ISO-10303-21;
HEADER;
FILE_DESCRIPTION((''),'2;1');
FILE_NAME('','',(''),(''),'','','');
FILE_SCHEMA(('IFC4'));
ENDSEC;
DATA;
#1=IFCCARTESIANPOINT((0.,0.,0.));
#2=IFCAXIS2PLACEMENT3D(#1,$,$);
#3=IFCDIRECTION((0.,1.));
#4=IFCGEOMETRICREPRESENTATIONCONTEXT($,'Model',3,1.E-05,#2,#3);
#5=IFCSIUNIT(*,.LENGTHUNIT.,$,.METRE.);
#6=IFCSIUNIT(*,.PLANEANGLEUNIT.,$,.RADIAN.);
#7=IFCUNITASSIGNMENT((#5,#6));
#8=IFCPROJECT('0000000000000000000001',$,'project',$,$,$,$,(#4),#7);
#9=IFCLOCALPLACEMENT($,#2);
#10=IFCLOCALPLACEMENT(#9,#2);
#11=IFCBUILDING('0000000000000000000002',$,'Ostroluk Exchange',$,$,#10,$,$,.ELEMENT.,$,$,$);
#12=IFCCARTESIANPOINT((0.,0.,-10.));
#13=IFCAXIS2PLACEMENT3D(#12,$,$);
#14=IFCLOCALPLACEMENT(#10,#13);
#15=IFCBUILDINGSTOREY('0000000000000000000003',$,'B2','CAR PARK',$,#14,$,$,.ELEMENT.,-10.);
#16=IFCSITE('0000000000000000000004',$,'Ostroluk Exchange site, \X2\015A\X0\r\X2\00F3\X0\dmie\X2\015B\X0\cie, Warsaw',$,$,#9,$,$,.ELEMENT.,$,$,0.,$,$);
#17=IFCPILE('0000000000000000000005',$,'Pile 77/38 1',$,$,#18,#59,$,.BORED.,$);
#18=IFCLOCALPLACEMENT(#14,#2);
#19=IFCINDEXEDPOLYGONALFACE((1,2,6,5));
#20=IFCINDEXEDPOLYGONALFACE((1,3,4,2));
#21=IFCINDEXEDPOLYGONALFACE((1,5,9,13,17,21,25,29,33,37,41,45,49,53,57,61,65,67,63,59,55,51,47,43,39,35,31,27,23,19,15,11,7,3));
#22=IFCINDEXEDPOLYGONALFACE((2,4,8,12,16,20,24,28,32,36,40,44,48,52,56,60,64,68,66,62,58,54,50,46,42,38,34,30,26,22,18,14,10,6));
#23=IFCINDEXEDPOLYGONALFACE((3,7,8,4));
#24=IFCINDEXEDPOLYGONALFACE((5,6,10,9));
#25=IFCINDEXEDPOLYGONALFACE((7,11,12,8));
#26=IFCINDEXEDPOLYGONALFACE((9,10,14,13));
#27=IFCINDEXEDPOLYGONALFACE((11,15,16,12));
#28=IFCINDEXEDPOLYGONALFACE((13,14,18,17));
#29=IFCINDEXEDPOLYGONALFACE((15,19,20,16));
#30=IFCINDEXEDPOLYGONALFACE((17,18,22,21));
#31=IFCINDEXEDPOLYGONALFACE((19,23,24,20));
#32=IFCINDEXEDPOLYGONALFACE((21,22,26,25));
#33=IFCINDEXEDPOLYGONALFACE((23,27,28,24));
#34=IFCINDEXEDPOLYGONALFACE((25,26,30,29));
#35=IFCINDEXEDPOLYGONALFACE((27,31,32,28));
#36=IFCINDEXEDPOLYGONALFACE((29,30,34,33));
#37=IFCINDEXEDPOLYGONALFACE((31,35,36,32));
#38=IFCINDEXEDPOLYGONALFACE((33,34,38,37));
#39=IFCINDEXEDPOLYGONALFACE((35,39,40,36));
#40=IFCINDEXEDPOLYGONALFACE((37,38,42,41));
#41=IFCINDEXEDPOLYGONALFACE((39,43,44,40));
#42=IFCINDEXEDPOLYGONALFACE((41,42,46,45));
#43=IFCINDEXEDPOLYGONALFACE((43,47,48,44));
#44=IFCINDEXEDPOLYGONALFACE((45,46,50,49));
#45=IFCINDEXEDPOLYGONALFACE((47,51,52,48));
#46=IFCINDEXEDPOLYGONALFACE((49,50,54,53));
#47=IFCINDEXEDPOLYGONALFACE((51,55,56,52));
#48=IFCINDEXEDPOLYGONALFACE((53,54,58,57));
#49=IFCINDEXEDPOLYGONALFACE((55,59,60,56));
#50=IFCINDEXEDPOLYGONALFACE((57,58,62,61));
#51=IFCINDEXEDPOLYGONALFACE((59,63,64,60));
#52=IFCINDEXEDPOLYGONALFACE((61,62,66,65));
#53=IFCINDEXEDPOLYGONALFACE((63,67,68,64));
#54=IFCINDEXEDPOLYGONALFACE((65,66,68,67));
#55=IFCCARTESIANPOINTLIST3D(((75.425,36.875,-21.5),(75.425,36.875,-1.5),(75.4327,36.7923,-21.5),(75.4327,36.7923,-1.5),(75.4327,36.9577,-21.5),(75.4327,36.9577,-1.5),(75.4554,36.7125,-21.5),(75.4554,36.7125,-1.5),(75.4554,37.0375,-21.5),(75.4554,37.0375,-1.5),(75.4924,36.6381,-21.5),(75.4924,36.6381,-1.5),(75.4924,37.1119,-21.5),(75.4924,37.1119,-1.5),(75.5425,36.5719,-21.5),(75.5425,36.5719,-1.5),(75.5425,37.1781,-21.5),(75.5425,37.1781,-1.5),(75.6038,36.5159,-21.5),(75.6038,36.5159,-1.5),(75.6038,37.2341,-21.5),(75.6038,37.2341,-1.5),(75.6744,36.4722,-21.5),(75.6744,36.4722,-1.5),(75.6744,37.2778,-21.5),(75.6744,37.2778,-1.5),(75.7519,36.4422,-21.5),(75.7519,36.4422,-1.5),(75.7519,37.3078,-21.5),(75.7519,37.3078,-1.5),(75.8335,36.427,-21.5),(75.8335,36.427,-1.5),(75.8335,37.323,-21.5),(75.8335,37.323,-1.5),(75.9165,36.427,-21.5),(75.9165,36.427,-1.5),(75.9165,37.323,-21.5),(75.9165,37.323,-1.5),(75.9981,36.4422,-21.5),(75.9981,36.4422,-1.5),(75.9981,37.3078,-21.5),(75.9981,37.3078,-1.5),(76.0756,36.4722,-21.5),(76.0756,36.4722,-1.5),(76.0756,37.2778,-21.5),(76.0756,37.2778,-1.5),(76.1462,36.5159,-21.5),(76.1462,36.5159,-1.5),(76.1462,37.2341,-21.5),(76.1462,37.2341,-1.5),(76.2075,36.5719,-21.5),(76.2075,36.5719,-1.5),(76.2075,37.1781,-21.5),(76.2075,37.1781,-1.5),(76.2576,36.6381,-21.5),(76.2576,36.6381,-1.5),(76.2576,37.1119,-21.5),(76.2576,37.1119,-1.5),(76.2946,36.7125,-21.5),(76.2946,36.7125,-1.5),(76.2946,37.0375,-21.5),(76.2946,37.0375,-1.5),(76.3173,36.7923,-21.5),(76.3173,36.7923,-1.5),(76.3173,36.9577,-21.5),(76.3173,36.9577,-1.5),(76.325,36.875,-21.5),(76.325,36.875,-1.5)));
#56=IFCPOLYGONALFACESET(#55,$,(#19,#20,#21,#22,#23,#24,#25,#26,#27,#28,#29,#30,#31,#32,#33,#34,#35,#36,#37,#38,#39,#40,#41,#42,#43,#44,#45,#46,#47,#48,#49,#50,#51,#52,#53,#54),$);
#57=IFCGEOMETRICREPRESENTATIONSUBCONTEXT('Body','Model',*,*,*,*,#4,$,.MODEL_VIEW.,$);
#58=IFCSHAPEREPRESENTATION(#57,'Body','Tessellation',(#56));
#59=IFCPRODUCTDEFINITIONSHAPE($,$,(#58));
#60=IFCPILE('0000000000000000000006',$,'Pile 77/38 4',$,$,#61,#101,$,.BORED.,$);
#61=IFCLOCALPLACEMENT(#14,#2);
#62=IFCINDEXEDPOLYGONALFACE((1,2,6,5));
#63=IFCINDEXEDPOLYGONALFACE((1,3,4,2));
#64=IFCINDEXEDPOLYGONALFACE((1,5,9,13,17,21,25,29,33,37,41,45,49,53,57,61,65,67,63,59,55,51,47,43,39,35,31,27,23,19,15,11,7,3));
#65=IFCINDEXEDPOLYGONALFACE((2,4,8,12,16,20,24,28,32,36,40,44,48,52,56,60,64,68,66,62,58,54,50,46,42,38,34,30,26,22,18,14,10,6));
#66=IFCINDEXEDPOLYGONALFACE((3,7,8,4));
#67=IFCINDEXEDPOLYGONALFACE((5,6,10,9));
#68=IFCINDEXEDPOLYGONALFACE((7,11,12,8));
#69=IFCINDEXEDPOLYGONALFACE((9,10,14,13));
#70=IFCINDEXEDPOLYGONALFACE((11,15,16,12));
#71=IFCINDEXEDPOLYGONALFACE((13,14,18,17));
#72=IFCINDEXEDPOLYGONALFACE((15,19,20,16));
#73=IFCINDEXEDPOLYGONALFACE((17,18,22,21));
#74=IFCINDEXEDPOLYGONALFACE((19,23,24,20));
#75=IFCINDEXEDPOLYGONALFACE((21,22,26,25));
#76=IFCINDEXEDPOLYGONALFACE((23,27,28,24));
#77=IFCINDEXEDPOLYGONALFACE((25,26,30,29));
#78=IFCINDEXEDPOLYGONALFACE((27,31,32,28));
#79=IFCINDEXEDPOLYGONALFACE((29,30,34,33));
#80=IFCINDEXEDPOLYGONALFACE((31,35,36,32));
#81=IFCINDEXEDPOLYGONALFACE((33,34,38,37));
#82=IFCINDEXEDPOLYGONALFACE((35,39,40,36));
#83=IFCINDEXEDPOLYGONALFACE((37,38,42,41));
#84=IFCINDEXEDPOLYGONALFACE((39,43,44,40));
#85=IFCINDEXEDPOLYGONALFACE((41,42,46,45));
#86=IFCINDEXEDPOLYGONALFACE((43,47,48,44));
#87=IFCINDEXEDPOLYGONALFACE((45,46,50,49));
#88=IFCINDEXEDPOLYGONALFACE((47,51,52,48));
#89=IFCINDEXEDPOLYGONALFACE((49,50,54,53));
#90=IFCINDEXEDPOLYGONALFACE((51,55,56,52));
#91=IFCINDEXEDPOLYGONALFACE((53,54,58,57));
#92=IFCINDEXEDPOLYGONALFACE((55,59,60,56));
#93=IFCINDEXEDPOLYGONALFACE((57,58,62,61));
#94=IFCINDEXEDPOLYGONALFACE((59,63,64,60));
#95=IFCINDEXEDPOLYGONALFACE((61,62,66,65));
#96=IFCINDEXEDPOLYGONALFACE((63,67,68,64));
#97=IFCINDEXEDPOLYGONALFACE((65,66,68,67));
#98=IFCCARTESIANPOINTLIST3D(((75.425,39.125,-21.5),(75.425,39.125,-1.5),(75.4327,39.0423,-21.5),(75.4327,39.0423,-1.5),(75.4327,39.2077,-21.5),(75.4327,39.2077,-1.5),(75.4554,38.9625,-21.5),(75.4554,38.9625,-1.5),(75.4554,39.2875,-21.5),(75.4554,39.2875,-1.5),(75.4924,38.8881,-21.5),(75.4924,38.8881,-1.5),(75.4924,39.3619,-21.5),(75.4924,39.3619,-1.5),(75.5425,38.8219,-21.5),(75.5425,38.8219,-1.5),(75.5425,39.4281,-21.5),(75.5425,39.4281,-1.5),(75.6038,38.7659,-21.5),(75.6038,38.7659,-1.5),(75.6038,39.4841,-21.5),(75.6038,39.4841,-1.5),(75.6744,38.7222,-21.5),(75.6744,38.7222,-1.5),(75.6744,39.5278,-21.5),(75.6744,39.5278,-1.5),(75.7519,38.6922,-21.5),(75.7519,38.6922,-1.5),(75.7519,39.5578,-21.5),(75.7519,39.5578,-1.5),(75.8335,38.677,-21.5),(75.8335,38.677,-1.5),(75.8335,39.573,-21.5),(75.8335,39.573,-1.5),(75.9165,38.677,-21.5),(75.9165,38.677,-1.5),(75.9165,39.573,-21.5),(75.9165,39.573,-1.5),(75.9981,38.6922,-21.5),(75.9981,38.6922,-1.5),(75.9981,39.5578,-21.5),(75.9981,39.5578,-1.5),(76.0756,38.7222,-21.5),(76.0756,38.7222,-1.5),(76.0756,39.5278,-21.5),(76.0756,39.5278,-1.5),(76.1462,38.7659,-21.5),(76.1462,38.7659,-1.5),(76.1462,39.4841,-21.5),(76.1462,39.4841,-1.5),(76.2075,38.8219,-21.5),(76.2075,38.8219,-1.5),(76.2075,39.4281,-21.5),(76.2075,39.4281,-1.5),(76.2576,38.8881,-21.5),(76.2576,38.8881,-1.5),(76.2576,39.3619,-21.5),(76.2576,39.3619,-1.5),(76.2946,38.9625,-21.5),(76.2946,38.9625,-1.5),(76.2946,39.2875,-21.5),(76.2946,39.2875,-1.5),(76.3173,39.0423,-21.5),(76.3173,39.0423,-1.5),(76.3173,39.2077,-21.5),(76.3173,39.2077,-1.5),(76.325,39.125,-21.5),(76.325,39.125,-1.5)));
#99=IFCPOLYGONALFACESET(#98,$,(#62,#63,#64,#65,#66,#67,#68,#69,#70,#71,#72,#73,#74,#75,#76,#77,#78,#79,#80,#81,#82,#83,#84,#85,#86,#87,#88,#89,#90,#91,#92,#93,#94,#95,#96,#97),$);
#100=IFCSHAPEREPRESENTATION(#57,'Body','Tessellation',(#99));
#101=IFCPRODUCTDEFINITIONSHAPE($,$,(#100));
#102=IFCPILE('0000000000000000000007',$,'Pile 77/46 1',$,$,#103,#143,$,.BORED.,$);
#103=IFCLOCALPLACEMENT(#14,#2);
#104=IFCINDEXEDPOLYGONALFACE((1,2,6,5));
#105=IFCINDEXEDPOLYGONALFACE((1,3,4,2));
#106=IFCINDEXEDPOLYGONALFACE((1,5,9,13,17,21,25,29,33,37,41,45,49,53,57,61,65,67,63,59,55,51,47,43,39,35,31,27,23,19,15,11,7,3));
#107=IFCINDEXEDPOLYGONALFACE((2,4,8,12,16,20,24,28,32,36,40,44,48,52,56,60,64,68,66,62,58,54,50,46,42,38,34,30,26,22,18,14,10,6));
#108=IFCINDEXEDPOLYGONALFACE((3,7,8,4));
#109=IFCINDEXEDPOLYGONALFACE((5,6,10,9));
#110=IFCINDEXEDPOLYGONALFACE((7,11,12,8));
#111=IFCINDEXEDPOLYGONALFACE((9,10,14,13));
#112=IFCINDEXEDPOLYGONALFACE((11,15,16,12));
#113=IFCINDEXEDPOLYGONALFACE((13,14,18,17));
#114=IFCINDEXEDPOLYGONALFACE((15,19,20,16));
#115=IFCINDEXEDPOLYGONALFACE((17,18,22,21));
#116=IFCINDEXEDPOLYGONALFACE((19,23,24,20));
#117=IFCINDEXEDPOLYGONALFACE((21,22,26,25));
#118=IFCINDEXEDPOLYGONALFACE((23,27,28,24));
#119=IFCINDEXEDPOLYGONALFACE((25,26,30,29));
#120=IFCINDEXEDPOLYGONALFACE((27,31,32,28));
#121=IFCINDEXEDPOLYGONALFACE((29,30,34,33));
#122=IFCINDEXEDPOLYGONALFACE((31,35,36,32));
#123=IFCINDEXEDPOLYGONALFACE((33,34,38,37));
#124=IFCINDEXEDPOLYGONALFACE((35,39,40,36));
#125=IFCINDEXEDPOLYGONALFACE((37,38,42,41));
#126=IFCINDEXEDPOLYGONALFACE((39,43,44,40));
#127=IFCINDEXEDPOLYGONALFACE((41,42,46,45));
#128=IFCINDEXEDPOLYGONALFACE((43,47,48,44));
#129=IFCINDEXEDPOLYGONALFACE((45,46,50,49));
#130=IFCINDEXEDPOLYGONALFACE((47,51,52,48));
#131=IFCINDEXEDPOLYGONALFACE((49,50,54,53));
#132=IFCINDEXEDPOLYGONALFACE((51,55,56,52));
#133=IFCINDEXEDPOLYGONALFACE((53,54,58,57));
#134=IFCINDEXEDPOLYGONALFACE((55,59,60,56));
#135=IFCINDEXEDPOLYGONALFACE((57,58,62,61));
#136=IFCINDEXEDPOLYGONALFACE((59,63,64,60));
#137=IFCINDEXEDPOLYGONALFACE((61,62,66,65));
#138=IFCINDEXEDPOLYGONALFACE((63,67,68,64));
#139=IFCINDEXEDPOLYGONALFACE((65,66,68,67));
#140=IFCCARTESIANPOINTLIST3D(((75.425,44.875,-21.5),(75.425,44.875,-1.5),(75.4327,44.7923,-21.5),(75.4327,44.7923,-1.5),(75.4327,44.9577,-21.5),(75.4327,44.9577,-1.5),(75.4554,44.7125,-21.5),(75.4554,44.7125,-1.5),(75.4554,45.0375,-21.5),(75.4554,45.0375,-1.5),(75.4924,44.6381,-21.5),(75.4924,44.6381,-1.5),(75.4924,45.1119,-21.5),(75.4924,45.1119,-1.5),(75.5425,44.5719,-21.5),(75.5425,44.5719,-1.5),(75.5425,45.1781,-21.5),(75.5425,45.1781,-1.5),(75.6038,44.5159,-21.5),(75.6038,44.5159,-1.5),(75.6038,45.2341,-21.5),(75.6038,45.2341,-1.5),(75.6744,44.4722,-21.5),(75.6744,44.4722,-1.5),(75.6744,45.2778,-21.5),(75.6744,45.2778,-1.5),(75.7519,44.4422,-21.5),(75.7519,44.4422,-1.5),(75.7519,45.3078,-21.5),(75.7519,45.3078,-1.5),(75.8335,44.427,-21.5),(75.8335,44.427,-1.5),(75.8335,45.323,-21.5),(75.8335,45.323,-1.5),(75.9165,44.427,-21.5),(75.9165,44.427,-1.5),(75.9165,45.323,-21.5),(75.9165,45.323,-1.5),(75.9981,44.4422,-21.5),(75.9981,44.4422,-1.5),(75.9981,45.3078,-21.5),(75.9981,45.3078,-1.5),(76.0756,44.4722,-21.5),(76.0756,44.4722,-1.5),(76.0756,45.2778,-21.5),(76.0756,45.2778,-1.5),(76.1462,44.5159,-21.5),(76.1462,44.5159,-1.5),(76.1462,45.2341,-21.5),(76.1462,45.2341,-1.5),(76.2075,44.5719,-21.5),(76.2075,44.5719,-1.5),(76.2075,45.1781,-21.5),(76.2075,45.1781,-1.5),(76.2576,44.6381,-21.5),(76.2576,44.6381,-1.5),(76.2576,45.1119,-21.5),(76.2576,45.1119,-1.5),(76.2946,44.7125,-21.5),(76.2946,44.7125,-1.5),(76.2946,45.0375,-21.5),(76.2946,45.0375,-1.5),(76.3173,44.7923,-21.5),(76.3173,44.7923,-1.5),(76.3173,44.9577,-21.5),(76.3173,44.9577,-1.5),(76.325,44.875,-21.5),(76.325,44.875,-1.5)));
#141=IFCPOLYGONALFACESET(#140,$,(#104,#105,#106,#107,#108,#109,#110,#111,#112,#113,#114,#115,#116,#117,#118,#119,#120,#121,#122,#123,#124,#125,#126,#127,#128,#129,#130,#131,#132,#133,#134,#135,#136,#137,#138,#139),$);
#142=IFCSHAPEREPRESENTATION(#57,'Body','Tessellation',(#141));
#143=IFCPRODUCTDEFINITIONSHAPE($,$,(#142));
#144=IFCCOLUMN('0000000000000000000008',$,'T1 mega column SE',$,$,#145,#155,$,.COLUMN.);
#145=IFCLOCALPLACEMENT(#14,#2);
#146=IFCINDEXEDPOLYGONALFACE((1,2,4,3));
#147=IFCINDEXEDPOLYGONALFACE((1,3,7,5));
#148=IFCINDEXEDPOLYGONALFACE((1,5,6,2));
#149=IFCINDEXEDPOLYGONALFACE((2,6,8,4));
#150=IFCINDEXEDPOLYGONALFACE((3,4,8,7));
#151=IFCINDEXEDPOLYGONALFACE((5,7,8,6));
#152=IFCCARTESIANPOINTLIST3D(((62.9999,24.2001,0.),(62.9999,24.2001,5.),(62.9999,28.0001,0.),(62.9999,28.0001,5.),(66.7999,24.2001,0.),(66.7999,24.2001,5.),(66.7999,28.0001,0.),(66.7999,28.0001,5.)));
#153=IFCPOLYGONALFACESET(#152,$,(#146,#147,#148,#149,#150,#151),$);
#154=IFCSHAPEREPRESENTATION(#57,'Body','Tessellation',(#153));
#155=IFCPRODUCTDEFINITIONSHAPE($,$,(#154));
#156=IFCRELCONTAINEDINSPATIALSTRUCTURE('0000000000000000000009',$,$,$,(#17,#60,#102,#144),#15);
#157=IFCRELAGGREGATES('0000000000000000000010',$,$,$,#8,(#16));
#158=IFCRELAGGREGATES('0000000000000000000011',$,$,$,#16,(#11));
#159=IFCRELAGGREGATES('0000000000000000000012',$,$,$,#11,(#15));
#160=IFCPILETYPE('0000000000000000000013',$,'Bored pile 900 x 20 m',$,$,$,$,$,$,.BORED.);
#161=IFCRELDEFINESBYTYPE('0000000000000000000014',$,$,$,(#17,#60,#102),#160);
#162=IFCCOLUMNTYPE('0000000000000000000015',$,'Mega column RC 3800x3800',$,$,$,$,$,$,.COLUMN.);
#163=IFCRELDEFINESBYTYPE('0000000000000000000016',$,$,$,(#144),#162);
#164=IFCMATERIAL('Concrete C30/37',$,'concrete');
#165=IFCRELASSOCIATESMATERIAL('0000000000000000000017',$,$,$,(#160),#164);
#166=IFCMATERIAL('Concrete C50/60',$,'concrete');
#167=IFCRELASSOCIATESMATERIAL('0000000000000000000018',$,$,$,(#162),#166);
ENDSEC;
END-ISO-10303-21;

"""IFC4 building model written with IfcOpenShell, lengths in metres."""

from ifc_helpers import new_model, si_unit, direction, frame, origin, origin_2d, place, context, subcontext, project, spatial, rectangle, circle, extrude, material, material_profile, profile_set, type_object, element, save


model = new_model("IFC4")

# Units and contexts
model_context = context("Model", 3, precision=1e-05, world=origin(), true_north=direction((0.0, 1.0)))
body_context = subcontext(model_context, "Body", "Model", "MODEL_VIEW")
ifc_project = project(units=[si_unit("LENGTHUNIT", "METRE"), si_unit("PLANEANGLEUNIT", "RADIAN")], contexts=[model_context])

# Site, building, storey
site_placement = place(None, origin())
site = spatial("IfcSite", under=ifc_project, at=site_placement, Name="Ostroluk Exchange site, Śródmieście, Warsaw", CompositionType="ELEMENT", RefElevation=0.0)
building_placement = place(site_placement, origin())
building = spatial("IfcBuilding", under=site, at=building_placement, Name="Ostroluk Exchange", CompositionType="ELEMENT")
storey_placement = place(building_placement, frame((0.0, 0.0, -10.0)))
storey = spatial("IfcBuildingStorey", under=building, at=storey_placement, Name="B2", Description="CAR PARK", CompositionType="ELEMENT", Elevation=-10.0)

# Piles
ifc_material_1 = material(Name="Concrete C30/37", Category="concrete")
pile_type_1 = type_object("IfcPileType", Name="Bored pile 900 x 20 m", PredefinedType="BORED", material=ifc_material_1)
for number, where, z_axis, x_axis, name in (
    (1, (75.875, 36.875, -1.5), (0.0, 0.0, -1.0), (1.0, 0.0, 0.0), "Pile 77/38 1"),
    (2, (75.875, 39.125, -1.5), (0.0, 0.0, -1.0), (1.0, 0.0, 0.0), "Pile 77/38 4"),
    (3, (75.875, 44.875, -1.5), (0.0, 0.0, -1.0), (1.0, 0.0, 0.0), "Pile 77/46 1"),
):
    element("IfcPile", number, at=place(storey_placement, frame(where, z_axis=z_axis, x_axis=x_axis)), inside=storey, type_object=pile_type_1, Name=name, PredefinedType="BORED", context=body_context, shape_type="SweptSolid", body=[
        extrude(circle(Radius=0.45, at=origin_2d()), origin(), (0.0, 0.0, 1.0), 20.0),
    ])

# Column
ifc_material_2 = material(Name="Concrete C50/60", Category="concrete")
ifc_material_profile_1 = material_profile(ifc_material_2, rectangle(XDim=3.8, YDim=3.8, at=origin_2d()), Name="RC 3800x3800")
ifc_profile_set_1 = profile_set([ifc_material_profile_1], Name="Concrete C50/60")
column_type_1 = type_object("IfcColumnType", Name="Mega column RC 3800x3800", PredefinedType="COLUMN", material=ifc_profile_set_1)
column_placement = place(storey_placement, frame((64.8999, 26.1001, 0.0), z_axis=(0.0, 0.0, 1.0), x_axis=(1.0, 0.0, 0.0)))
element("IfcColumn", 4, at=column_placement, inside=storey, type_object=column_type_1, Name="T1 mega column SE", PredefinedType="COLUMN", context=body_context, shape_type="SweptSolid", body=[
    extrude(rectangle(XDim=3.8, YDim=3.8, at=origin_2d()), origin(), (0.0, 0.0, 1.0), 5.0),
])

save(model, "model.ifc")
